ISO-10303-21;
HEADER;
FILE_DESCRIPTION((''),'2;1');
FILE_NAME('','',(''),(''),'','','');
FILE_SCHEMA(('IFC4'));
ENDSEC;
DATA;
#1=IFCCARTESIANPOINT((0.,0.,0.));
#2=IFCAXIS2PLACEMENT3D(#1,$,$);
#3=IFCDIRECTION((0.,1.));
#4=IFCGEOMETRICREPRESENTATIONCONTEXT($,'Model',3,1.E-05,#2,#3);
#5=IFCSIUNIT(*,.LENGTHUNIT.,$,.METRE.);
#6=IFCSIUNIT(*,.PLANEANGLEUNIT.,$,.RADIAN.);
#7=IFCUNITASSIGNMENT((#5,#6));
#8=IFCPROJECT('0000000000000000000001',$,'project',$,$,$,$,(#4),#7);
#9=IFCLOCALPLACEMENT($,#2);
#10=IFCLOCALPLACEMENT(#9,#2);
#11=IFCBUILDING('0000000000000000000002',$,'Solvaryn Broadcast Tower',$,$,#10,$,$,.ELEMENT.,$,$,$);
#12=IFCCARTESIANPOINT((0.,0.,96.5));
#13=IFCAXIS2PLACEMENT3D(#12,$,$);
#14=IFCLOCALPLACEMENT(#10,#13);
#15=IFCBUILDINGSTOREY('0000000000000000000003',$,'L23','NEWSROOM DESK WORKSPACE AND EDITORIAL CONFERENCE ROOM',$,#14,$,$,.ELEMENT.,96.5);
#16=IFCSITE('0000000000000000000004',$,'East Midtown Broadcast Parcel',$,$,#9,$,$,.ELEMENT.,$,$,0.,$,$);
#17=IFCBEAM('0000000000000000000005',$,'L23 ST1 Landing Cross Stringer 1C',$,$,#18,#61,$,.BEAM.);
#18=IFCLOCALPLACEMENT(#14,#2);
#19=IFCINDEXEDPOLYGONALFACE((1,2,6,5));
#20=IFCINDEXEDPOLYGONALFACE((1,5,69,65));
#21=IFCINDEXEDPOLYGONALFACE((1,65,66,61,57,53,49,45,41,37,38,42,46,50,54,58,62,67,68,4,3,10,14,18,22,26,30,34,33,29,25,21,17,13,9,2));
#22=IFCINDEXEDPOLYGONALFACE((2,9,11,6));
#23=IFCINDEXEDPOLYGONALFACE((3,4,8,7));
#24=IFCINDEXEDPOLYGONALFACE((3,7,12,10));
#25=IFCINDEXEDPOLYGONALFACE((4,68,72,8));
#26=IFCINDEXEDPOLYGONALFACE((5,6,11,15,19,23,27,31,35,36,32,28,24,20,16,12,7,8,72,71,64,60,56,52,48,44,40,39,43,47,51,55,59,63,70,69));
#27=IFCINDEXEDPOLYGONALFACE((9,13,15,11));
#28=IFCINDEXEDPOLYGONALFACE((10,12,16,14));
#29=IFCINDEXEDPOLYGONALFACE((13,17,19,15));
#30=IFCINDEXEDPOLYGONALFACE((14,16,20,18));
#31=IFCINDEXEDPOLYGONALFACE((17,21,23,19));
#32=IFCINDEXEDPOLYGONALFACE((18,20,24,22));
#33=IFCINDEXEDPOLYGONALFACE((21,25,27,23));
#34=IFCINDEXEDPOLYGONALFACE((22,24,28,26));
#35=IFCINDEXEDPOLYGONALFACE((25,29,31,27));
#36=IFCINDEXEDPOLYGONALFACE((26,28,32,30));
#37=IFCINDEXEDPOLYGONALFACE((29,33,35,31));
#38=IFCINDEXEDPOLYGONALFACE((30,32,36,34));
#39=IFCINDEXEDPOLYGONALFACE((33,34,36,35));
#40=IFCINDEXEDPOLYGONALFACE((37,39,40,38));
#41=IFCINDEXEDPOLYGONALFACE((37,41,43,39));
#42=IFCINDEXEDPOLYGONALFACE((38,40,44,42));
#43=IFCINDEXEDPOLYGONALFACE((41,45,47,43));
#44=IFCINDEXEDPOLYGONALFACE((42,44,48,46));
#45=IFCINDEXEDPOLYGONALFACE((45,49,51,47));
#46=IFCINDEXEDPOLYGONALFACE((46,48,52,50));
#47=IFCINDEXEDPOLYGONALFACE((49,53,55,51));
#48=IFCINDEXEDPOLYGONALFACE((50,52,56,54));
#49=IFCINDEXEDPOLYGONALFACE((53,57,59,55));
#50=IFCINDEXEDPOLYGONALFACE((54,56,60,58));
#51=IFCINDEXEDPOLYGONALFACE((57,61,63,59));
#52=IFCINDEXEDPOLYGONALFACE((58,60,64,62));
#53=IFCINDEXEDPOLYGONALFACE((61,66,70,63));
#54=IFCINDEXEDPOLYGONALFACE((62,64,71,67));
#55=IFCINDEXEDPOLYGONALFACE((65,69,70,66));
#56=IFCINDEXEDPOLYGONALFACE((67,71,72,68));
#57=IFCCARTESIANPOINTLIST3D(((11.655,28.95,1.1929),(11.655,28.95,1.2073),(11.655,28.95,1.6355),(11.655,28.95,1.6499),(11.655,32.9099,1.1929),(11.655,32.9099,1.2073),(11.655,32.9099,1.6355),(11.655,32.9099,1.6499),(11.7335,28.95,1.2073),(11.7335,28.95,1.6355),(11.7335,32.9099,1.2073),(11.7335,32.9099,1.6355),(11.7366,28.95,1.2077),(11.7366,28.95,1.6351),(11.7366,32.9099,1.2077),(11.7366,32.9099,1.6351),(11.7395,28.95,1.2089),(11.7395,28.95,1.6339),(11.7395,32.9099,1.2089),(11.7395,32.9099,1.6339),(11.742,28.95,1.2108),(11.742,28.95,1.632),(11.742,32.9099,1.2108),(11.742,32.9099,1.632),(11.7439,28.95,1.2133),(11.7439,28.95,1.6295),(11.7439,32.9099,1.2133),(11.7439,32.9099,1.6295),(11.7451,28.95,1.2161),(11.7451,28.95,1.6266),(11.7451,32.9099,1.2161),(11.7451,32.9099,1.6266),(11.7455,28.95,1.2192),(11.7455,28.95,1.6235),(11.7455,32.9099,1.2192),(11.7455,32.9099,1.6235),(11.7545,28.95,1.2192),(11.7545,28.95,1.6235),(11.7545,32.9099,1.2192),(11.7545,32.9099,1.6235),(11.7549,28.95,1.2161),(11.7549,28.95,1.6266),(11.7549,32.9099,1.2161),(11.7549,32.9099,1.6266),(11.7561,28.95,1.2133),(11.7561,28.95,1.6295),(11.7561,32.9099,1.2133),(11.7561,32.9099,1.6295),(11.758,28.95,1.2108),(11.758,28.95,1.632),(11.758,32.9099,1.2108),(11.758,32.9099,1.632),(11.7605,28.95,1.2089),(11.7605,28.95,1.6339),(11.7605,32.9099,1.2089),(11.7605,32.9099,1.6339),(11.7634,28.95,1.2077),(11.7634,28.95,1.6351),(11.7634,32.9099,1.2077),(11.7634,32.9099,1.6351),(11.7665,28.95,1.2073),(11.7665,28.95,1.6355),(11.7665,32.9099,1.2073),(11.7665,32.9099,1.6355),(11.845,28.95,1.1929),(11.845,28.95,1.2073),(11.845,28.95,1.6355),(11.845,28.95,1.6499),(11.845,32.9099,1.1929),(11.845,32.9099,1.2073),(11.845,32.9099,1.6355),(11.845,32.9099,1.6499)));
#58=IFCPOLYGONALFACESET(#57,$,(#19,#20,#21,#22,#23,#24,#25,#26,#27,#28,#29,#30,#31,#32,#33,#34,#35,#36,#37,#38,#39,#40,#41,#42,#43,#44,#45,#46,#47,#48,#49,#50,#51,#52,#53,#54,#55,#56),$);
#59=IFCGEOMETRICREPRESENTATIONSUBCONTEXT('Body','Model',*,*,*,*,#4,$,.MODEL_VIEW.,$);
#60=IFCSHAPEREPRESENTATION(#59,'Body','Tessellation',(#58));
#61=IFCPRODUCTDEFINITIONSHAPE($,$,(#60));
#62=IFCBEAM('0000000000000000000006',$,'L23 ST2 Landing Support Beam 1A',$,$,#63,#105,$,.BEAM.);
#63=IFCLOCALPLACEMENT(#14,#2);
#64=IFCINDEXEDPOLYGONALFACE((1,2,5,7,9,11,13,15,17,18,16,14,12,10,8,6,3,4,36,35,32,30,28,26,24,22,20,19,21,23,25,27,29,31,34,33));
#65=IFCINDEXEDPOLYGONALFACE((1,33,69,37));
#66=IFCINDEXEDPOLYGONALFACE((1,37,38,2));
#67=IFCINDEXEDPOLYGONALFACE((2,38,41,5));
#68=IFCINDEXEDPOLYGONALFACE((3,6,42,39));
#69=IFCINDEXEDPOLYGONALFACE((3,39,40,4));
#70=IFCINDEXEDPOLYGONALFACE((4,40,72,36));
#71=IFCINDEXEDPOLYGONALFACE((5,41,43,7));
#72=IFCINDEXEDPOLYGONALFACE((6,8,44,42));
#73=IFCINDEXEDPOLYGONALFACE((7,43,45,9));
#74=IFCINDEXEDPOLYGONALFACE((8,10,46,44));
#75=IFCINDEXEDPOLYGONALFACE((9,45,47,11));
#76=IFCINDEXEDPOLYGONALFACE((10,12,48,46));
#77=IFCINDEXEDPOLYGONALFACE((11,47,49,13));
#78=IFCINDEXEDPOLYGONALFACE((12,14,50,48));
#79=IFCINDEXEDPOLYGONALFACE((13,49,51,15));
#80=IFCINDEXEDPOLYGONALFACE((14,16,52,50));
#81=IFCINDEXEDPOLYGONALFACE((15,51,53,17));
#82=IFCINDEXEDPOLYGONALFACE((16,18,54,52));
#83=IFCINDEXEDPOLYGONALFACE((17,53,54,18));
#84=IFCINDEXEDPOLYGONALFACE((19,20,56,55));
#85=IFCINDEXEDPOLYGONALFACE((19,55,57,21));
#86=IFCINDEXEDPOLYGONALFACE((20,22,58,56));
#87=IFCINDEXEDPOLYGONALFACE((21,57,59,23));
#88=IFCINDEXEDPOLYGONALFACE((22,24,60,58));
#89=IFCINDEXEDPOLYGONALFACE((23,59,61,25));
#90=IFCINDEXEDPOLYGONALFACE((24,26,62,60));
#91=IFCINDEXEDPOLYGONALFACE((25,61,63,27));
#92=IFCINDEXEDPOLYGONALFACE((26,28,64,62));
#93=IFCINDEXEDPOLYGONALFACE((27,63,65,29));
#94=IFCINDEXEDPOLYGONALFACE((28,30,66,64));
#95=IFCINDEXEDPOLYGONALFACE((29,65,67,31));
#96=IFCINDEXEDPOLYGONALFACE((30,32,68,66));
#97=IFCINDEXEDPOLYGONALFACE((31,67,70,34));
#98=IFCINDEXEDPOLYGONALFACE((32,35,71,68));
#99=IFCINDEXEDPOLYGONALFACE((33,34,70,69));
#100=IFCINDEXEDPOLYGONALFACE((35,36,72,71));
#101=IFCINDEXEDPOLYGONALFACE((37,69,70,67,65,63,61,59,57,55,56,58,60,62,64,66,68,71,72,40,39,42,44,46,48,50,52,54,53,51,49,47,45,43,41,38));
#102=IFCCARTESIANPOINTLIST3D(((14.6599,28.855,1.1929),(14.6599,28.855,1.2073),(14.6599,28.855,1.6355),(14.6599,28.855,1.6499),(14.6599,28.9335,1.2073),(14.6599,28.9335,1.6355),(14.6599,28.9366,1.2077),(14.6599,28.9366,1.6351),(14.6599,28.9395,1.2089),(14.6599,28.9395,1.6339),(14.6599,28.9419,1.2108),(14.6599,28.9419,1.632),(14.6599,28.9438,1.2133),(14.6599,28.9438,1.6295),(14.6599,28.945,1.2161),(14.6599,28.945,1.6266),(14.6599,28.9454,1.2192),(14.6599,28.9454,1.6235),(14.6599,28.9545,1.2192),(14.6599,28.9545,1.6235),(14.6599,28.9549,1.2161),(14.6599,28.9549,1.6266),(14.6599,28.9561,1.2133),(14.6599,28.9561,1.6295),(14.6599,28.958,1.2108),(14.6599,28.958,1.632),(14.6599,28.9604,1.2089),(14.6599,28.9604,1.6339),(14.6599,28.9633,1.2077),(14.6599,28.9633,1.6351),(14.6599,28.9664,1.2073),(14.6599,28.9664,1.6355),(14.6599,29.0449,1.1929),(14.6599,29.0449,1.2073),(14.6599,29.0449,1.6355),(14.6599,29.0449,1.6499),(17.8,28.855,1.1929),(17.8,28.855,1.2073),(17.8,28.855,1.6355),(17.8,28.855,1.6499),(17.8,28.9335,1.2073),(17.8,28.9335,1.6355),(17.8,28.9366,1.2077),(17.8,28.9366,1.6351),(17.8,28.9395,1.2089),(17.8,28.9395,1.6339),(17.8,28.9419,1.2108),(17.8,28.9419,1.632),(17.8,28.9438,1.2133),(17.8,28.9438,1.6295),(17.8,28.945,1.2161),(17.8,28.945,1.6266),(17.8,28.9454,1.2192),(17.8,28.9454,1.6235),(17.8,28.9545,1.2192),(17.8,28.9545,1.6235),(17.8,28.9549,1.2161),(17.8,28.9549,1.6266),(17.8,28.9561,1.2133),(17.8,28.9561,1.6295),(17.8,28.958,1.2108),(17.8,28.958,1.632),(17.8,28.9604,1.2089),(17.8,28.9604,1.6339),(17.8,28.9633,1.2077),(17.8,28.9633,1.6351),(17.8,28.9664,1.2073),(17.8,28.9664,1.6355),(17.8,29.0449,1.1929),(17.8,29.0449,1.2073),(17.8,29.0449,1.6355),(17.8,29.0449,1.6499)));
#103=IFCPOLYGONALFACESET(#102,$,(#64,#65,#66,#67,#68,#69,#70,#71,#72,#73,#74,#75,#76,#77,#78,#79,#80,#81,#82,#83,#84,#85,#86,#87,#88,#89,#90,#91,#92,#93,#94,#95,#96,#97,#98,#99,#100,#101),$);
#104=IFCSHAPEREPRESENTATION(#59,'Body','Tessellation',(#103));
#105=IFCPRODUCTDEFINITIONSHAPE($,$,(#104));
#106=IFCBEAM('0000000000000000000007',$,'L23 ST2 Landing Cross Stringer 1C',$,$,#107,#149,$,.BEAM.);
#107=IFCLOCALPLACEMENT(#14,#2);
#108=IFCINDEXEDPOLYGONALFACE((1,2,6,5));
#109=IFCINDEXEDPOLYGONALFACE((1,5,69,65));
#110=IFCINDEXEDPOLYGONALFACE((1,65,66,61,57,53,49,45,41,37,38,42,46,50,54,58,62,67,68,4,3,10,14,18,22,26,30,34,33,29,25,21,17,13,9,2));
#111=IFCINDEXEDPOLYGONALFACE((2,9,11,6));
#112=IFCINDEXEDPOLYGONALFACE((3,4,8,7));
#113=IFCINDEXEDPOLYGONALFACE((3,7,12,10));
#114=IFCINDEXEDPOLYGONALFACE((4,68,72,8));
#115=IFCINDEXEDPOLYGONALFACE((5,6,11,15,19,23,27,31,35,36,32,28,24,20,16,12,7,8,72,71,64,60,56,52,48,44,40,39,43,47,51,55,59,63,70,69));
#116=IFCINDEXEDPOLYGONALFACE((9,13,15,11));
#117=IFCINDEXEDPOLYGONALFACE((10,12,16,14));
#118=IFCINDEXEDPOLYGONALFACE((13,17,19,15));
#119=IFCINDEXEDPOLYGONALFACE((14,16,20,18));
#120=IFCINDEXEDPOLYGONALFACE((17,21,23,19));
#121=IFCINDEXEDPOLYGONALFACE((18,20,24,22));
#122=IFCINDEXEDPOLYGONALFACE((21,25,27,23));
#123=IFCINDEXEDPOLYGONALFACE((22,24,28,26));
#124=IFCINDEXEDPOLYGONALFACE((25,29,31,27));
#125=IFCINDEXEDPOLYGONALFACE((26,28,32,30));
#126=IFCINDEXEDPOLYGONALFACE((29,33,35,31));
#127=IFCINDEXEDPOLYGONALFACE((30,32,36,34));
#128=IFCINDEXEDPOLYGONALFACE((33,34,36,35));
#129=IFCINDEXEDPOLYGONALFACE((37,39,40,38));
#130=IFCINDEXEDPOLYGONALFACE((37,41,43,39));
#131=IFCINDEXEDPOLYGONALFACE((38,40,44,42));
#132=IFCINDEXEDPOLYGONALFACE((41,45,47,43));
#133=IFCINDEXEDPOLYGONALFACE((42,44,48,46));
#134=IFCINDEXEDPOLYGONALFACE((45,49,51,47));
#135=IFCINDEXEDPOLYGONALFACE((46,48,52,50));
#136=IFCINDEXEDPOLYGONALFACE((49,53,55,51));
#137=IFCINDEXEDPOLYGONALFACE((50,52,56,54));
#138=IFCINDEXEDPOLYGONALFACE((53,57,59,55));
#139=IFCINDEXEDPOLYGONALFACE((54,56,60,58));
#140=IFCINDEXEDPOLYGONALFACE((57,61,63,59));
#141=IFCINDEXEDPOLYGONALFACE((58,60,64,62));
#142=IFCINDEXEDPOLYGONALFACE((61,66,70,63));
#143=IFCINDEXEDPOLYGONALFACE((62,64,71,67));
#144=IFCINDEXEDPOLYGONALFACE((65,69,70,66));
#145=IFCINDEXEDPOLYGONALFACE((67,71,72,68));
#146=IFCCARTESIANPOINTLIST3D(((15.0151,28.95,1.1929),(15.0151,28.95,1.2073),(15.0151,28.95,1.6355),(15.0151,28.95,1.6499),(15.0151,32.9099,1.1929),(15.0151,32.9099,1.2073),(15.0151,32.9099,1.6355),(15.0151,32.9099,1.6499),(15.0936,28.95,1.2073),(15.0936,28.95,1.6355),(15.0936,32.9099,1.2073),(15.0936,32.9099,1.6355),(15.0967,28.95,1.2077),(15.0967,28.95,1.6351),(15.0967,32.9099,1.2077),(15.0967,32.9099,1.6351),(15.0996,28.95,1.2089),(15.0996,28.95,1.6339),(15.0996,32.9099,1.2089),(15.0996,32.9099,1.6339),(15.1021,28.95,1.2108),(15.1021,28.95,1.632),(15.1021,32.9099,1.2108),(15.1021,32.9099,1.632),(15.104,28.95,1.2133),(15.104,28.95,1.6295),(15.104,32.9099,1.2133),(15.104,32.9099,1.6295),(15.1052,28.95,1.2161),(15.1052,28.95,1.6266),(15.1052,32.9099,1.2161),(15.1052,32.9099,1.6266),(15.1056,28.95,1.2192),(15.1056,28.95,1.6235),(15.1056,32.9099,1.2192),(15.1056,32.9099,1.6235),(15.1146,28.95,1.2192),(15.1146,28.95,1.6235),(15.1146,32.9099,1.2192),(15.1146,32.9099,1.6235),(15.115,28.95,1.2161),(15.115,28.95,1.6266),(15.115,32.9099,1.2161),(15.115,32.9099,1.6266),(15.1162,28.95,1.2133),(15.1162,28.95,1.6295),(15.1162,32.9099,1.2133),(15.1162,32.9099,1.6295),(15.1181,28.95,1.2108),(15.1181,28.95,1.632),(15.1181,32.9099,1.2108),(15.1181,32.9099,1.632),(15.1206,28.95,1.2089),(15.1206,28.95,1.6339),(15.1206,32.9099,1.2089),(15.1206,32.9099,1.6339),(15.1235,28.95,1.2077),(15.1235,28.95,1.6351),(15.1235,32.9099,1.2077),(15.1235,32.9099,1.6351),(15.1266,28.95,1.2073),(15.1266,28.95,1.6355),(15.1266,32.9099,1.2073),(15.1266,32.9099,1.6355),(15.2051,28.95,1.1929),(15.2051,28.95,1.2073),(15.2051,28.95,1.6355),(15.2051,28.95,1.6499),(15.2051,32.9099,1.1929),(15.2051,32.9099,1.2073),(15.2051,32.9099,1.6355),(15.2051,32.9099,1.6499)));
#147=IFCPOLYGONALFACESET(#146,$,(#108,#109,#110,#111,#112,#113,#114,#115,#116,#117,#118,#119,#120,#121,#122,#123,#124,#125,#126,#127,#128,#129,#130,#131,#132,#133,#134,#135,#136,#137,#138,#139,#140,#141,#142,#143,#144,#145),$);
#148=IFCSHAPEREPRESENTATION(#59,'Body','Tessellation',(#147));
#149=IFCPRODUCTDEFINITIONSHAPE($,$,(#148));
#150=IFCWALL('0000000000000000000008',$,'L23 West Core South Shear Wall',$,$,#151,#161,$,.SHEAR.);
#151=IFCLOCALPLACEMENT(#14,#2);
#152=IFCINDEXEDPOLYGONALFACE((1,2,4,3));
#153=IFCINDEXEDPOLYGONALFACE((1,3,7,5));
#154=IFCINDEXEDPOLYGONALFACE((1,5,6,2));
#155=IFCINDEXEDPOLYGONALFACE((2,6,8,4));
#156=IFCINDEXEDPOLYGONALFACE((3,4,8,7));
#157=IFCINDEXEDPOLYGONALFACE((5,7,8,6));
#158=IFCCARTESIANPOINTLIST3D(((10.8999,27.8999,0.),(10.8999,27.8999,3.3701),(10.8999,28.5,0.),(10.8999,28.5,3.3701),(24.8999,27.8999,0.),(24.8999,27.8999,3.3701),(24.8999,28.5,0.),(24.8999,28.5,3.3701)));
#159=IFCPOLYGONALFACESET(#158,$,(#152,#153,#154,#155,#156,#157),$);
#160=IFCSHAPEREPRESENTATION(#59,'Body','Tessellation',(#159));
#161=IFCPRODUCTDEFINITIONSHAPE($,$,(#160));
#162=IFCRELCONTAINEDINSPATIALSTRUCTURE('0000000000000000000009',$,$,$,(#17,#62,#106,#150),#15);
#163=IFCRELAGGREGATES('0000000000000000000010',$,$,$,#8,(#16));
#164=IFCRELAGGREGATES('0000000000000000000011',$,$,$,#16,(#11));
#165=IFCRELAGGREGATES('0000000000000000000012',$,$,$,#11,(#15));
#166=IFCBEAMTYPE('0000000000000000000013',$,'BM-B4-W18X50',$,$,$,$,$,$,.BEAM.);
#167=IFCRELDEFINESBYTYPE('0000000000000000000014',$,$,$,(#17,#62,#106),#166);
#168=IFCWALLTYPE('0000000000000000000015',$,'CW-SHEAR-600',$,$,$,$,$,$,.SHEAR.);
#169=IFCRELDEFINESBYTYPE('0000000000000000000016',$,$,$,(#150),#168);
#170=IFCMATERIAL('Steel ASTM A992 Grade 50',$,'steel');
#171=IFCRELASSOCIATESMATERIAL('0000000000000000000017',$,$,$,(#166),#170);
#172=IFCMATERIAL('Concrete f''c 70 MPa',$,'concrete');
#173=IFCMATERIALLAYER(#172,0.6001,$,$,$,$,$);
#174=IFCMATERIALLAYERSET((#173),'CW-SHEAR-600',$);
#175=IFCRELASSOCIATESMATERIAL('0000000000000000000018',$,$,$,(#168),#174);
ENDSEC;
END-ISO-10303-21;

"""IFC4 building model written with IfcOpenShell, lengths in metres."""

from ifc_helpers import new_model, si_unit, direction, frame, frame_2d, origin, origin_2d, place, context, subcontext, project, spatial, rectangle, i_section, extrude, material, layer, layer_set, material_profile, profile_set, type_object, element, save


model = new_model("IFC4")

# Units and contexts
model_context = context("Model", 3, precision=1e-05, world=origin(), true_north=direction((0.0, 1.0)))
body_context = subcontext(model_context, "Body", "Model", "MODEL_VIEW")
ifc_project = project(units=[si_unit("LENGTHUNIT", "METRE"), si_unit("PLANEANGLEUNIT", "RADIAN")], contexts=[model_context])

# Site, building, storey
site_placement = place(None, origin())
site = spatial("IfcSite", under=ifc_project, at=site_placement, Name="East Midtown Broadcast Parcel", CompositionType="ELEMENT", RefElevation=0.0)
building_placement = place(site_placement, origin())
building = spatial("IfcBuilding", under=site, at=building_placement, Name="Solvaryn Broadcast Tower", CompositionType="ELEMENT")
storey_placement = place(building_placement, frame((0.0, 0.0, 96.5)))
storey = spatial("IfcBuildingStorey", under=building, at=storey_placement, Name="L23", Description="NEWSROOM DESK WORKSPACE AND EDITORIAL CONFERENCE ROOM", CompositionType="ELEMENT", Elevation=96.5)

# Beams
ifc_material_1 = material(Name="Steel ASTM A992 Grade 50", Category="steel")
ifc_material_profile_1 = material_profile(ifc_material_1, i_section(OverallWidth=0.1899, OverallDepth=0.457, WebThickness=0.009, FlangeThickness=0.0144, FilletRadius=0.012, at=origin_2d()))
ifc_profile_set_1 = profile_set([ifc_material_profile_1], Name="Steel ASTM A992 Grade 50")
beam_type_1 = type_object("IfcBeamType", Name="BM-B4-W18X50", PredefinedType="BEAM", material=ifc_profile_set_1)
beam_1_placement = place(storey_placement, frame((11.75, 28.95, 1.4214), z_axis=(0.0, 1.0, 0.0), x_axis=(-1.0, 0.0, 0.0)))
element("IfcBeam", 1, at=beam_1_placement, inside=storey, type_object=beam_type_1, Name="L23 ST1 Landing Cross Stringer 1C", PredefinedType="BEAM", context=body_context, shape_type="SweptSolid", body=[
    extrude(i_section(OverallWidth=0.1899, OverallDepth=0.457, WebThickness=0.009, FlangeThickness=0.0144, FilletRadius=0.012, at=origin_2d()), origin(), (0.0, 0.0, 1.0), 3.96),
])
beam_2_placement = place(storey_placement, frame((14.6599, 28.95, 1.4214), z_axis=(1.0, 0.0, 0.0), x_axis=(0.0, 1.0, 0.0)))
element("IfcBeam", 2, at=beam_2_placement, inside=storey, type_object=beam_type_1, Name="L23 ST2 Landing Support Beam 1A", PredefinedType="BEAM", context=body_context, shape_type="SweptSolid", body=[
    extrude(i_section(OverallWidth=0.1899, OverallDepth=0.457, WebThickness=0.009, FlangeThickness=0.0144, FilletRadius=0.012, at=origin_2d()), origin(), (0.0, 0.0, 1.0), 3.1401),
])
beam_3_placement = place(storey_placement, frame((15.1101, 28.95, 1.4214), z_axis=(0.0, 1.0, 0.0), x_axis=(-1.0, 0.0, 0.0)))
element("IfcBeam", 3, at=beam_3_placement, inside=storey, type_object=beam_type_1, Name="L23 ST2 Landing Cross Stringer 1C", PredefinedType="BEAM", context=body_context, shape_type="SweptSolid", body=[
    extrude(i_section(OverallWidth=0.1899, OverallDepth=0.457, WebThickness=0.009, FlangeThickness=0.0144, FilletRadius=0.012, at=origin_2d()), origin(), (0.0, 0.0, 1.0), 3.96),
])

# Wall
ifc_material_2 = material(Name="Concrete f'c 70 MPa", Category="concrete")
ifc_layer_1 = layer(ifc_material_2, 0.6001)
ifc_layer_set_1 = layer_set([ifc_layer_1], Name="CW-SHEAR-600")
wall_type_1 = type_object("IfcWallType", Name="CW-SHEAR-600", PredefinedType="SHEAR", material=ifc_layer_set_1)
wall_1_placement = place(storey_placement, frame((10.8999, 28.2, 0.0), z_axis=(0.0, 0.0, 1.0), x_axis=(1.0, 0.0, 0.0)))
element("IfcWall", 4, at=wall_1_placement, inside=storey, type_object=wall_type_1, Name="L23 West Core South Shear Wall", PredefinedType="SHEAR", context=body_context, shape_type="SweptSolid", body=[
    extrude(rectangle(XDim=14.0, YDim=0.6001, at=frame_2d((7.0, 0.0))), origin(), (0.0, 0.0, 1.0), 3.3701),
])

save(model, "model.ifc")
